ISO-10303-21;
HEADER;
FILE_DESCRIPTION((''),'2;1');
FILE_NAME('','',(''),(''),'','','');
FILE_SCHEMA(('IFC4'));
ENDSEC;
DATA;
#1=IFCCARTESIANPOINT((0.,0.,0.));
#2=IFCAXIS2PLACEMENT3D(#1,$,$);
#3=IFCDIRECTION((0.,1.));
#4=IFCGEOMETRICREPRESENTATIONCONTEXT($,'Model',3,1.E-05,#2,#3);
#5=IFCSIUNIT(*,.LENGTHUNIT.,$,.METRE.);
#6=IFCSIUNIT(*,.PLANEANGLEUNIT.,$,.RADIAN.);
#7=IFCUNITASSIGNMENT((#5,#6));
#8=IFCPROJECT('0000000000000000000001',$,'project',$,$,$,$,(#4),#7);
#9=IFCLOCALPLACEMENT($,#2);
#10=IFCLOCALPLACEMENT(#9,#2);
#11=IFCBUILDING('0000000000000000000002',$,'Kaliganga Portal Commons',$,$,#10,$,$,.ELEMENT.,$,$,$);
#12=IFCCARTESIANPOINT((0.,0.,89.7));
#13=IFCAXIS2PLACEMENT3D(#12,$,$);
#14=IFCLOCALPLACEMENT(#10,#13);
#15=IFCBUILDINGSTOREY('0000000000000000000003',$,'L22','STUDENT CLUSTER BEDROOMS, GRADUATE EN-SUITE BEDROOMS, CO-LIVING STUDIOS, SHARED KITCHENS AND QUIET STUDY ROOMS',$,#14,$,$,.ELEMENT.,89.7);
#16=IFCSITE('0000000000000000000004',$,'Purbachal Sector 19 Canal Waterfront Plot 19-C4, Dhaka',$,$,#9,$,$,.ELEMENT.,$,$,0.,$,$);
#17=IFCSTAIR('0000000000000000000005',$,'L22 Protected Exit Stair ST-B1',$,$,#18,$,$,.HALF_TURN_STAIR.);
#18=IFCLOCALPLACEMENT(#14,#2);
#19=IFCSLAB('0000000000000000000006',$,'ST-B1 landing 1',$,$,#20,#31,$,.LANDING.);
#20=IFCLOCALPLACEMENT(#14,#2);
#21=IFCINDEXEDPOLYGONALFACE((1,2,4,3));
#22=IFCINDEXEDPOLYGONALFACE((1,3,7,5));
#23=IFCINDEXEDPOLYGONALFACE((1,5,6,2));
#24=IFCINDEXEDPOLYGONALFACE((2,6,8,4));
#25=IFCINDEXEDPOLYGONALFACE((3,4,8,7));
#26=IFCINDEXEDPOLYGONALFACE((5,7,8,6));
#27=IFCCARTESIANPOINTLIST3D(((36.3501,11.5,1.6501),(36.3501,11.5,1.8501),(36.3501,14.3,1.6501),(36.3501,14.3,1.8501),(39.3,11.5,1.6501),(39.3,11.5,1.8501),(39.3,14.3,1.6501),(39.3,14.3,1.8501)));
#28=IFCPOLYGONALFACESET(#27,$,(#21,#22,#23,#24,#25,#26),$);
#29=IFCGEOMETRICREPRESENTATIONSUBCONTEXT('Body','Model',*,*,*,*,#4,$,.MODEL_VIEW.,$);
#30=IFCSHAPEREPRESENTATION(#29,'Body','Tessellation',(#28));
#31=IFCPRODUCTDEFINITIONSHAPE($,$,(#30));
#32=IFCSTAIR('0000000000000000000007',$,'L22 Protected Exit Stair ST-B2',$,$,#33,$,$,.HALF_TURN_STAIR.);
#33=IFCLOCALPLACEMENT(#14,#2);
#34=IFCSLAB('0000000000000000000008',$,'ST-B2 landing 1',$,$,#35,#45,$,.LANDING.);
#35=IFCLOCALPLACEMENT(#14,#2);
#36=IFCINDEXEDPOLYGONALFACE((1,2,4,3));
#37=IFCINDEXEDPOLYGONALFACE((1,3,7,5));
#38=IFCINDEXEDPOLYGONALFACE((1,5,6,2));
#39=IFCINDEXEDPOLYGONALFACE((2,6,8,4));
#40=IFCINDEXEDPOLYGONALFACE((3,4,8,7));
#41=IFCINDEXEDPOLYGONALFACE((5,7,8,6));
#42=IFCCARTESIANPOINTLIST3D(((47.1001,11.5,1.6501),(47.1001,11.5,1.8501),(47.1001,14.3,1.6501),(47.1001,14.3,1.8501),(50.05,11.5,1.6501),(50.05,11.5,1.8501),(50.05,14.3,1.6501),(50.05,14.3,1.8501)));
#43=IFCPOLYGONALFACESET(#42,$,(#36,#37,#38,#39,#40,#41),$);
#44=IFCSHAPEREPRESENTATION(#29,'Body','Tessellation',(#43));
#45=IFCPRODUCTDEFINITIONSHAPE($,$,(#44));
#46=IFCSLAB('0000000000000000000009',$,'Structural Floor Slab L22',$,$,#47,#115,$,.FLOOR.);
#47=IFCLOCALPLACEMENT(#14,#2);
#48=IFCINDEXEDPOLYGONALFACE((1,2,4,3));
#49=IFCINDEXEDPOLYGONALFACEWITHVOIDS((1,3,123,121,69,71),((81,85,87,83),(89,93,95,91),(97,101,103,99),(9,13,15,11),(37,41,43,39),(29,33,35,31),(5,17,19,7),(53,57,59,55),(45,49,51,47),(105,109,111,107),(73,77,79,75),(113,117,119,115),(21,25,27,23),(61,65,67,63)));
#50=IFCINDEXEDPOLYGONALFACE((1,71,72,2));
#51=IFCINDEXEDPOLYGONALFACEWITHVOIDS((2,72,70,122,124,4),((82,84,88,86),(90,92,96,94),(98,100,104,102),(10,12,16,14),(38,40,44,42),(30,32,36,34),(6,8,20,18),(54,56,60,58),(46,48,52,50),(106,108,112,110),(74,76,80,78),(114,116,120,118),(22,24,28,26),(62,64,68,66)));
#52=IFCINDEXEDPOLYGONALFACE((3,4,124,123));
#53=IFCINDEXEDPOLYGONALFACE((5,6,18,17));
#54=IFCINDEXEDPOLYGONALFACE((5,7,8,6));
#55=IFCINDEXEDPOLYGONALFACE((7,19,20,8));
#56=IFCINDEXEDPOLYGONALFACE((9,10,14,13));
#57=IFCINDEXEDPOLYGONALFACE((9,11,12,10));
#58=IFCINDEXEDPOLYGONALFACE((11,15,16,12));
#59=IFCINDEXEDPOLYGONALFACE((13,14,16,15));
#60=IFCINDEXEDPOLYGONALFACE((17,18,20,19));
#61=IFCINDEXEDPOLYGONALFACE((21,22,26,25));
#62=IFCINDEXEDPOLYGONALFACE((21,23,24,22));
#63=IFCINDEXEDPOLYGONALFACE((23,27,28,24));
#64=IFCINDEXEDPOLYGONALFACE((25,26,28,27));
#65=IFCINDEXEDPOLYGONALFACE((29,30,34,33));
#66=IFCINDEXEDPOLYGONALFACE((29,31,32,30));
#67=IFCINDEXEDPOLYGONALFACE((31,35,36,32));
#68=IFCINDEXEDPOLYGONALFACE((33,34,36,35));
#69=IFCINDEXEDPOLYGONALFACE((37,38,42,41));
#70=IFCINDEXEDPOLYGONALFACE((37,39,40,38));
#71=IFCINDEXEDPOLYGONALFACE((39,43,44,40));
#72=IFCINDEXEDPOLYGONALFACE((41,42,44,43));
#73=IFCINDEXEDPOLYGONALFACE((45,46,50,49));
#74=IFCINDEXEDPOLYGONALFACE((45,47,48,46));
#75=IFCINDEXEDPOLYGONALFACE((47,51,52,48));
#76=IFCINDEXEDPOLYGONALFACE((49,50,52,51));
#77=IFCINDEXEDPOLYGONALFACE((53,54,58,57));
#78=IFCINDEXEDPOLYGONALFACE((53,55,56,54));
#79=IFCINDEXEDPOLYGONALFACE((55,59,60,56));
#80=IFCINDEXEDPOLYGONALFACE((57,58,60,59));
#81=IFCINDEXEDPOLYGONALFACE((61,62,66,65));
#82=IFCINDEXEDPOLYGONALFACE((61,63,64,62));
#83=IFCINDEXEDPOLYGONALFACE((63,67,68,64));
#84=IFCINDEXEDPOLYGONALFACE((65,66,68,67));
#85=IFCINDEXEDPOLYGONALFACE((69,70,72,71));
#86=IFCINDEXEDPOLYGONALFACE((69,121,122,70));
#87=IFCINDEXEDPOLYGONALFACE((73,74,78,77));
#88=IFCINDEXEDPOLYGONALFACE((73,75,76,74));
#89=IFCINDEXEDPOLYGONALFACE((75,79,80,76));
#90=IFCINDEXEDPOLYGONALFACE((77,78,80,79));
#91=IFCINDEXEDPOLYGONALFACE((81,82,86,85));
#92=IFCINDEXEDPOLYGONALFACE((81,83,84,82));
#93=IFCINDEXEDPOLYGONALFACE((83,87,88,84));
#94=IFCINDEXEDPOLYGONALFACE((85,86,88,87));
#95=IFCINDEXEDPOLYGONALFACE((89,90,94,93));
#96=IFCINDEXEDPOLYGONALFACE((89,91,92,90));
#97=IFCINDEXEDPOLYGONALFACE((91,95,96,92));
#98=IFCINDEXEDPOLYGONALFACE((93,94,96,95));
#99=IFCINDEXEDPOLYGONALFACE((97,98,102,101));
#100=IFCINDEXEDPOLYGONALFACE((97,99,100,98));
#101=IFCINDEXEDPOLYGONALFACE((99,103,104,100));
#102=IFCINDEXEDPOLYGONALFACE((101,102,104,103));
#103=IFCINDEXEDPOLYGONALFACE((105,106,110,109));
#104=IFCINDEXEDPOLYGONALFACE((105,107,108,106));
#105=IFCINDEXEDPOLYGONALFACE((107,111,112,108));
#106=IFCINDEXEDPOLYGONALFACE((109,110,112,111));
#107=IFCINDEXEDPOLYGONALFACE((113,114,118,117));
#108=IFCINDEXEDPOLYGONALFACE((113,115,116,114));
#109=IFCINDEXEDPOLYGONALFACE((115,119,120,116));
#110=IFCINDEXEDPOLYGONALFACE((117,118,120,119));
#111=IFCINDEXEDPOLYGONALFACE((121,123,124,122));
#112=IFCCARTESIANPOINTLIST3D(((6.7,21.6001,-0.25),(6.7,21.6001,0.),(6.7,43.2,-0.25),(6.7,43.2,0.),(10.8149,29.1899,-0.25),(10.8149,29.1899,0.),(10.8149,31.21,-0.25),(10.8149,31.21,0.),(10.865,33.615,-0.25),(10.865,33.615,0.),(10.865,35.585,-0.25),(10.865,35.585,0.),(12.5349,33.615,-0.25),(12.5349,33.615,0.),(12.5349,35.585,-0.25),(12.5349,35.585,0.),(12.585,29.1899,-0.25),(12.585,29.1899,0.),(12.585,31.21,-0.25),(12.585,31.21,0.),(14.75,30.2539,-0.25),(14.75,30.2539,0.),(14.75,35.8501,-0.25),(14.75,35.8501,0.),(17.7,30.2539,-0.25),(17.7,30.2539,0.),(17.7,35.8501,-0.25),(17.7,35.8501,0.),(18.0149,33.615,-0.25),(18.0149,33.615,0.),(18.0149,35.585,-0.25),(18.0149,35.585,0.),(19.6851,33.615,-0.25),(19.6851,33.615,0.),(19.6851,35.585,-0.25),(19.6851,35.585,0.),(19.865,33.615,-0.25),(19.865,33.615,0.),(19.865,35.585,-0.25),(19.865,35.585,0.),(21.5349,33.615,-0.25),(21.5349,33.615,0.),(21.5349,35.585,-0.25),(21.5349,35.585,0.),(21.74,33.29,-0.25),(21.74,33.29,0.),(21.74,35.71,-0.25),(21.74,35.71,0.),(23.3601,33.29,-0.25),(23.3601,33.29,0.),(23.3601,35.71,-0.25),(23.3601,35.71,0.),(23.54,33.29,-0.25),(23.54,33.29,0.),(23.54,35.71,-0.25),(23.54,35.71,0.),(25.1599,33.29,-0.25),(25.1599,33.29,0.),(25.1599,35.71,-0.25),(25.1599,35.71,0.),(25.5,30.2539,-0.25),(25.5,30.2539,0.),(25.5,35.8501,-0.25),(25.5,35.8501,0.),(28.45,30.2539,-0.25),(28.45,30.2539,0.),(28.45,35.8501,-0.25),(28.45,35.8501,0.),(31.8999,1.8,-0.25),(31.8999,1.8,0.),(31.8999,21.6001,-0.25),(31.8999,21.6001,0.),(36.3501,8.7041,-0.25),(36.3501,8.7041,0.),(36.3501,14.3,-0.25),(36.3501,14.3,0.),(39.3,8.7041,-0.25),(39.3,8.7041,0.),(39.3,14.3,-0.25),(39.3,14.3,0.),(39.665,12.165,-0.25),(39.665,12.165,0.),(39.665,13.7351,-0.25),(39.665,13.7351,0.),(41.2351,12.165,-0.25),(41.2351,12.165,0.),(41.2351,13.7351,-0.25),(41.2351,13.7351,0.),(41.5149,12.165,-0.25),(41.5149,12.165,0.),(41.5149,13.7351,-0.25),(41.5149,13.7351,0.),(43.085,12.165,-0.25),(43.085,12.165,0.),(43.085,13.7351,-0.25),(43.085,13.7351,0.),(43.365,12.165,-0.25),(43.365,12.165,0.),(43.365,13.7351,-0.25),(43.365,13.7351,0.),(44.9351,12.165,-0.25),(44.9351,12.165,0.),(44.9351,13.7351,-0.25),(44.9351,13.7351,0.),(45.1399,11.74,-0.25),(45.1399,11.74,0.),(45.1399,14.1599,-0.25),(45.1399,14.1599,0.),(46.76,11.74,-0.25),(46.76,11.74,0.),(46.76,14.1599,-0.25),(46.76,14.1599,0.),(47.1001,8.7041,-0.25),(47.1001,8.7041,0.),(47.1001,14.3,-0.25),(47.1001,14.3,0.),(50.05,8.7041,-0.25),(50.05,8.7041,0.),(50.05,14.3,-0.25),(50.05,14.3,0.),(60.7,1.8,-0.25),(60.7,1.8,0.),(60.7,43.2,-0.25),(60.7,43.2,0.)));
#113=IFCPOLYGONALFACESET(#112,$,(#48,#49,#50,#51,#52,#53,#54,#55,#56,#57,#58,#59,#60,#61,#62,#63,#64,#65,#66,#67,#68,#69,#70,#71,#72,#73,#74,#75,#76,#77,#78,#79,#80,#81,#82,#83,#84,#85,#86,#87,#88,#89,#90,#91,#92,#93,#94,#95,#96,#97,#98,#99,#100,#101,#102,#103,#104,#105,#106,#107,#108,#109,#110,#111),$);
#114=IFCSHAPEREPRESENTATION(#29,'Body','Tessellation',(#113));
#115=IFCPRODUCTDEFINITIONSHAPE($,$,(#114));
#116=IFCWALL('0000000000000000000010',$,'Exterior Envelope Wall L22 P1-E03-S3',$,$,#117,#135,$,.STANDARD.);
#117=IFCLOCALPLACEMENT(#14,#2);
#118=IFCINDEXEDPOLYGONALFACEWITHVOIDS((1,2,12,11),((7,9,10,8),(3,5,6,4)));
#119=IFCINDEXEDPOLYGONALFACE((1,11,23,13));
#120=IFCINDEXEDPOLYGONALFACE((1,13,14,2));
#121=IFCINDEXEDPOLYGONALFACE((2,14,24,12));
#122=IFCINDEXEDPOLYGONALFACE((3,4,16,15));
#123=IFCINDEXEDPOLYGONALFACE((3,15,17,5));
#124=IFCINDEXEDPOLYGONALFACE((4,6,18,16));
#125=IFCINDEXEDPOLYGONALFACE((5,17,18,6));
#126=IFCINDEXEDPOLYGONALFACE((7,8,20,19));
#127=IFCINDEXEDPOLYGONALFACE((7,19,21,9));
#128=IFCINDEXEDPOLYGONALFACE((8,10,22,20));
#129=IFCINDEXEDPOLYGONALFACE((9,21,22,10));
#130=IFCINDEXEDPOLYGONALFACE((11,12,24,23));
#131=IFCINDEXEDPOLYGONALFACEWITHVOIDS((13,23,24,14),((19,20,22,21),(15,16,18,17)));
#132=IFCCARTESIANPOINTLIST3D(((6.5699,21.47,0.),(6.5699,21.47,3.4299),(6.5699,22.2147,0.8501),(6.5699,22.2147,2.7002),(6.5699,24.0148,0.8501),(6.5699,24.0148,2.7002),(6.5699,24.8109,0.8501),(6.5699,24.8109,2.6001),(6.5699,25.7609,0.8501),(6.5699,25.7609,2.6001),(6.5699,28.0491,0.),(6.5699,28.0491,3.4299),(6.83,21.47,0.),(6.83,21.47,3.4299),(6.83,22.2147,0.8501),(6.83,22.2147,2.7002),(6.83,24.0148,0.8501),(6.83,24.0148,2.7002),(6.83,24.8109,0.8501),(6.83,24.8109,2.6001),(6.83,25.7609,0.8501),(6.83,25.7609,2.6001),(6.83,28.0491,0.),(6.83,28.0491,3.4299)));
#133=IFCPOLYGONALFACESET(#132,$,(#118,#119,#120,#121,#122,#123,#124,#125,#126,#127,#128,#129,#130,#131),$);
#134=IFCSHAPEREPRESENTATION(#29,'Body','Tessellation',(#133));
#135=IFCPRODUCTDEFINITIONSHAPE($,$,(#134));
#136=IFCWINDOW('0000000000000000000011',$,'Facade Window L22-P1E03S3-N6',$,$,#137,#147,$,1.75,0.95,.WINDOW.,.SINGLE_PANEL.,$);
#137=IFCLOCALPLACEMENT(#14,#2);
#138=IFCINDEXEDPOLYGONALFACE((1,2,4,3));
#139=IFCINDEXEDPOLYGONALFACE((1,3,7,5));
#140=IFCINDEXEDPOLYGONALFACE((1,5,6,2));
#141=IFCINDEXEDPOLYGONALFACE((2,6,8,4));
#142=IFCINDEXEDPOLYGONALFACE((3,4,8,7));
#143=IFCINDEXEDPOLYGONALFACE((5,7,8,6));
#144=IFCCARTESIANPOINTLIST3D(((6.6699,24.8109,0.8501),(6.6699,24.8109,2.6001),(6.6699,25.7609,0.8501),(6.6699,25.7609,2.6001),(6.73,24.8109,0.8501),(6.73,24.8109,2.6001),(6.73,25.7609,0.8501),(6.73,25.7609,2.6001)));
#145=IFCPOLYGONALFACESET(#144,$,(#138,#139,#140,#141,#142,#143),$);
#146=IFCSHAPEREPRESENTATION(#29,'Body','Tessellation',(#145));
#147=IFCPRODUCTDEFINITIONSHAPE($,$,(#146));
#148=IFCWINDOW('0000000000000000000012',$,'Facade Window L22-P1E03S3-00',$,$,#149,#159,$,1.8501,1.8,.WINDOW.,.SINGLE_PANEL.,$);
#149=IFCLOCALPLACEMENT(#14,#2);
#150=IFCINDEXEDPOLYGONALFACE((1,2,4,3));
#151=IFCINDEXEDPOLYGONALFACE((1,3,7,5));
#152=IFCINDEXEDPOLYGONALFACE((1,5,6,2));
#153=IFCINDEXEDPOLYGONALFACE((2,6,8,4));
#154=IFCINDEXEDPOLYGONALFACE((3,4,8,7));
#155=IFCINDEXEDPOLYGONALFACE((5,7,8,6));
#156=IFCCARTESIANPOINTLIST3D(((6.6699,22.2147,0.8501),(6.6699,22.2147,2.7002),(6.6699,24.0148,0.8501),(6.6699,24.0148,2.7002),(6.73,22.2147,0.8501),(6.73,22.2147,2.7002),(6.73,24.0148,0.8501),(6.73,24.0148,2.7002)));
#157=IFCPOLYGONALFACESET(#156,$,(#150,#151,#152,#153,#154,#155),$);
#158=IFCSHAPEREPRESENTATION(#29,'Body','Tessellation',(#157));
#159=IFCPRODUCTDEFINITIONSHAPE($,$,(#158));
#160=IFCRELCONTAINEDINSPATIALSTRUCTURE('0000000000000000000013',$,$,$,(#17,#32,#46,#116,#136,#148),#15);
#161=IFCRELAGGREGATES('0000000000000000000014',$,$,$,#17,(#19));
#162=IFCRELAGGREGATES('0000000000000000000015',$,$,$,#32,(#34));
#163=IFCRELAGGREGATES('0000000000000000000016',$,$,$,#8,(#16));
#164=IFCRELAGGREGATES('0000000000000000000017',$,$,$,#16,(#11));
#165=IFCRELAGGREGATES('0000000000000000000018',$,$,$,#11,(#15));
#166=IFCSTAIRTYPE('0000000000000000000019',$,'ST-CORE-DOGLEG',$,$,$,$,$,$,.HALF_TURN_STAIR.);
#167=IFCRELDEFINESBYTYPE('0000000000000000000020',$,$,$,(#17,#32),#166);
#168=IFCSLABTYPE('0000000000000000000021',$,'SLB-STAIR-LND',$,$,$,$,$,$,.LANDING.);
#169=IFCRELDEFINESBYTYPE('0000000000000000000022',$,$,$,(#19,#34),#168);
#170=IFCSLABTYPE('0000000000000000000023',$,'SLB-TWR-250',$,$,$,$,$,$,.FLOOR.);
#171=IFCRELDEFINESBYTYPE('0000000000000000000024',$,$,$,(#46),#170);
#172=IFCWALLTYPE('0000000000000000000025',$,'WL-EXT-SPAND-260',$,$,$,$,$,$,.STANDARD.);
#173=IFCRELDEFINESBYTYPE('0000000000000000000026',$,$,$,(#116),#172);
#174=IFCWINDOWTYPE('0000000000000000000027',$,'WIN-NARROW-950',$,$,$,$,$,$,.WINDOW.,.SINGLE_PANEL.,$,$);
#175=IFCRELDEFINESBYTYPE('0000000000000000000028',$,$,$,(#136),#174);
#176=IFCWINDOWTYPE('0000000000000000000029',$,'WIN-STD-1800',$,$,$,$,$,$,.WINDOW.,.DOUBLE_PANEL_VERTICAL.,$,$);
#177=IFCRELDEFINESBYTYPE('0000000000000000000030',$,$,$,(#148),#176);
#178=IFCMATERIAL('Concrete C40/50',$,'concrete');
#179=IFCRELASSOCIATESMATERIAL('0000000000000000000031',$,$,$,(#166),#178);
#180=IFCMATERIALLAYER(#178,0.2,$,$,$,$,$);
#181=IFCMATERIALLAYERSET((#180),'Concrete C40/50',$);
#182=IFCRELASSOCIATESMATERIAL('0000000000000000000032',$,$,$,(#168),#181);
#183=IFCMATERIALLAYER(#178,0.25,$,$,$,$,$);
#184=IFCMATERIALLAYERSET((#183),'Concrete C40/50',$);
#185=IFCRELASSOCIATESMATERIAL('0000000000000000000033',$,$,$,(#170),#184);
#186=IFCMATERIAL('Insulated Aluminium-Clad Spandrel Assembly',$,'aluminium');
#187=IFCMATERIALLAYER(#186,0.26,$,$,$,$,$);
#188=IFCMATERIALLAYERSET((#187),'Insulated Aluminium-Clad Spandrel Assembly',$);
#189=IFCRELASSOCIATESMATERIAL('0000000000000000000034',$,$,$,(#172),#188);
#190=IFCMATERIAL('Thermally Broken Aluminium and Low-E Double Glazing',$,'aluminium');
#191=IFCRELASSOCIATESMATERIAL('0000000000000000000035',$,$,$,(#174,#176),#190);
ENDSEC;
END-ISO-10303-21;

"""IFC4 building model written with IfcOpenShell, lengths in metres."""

from ifc_helpers import new_model, si_unit, direction, frame, frame_2d, origin, place, context, subcontext, project, spatial, polyline, rectangle, outline, extrude, material, layer, layer_set, type_object, element, fill, aggregate, save


model = new_model("IFC4")

# Units and contexts
model_context = context("Model", 3, precision=1e-05, world=origin(), true_north=direction((0.0, 1.0)))
body_context = subcontext(model_context, "Body", "Model", "MODEL_VIEW")
ifc_project = project(units=[si_unit("LENGTHUNIT", "METRE"), si_unit("PLANEANGLEUNIT", "RADIAN")], contexts=[model_context])

# Site, building, storey
site_placement = place(None, origin())
site = spatial("IfcSite", under=ifc_project, at=site_placement, Name="Purbachal Sector 19 Canal Waterfront Plot 19-C4, Dhaka", CompositionType="ELEMENT", RefElevation=0.0)
building_placement = place(site_placement, origin())
building = spatial("IfcBuilding", under=site, at=building_placement, Name="Kaliganga Portal Commons", CompositionType="ELEMENT")
storey_placement = place(building_placement, frame((0.0, 0.0, 89.7)))
storey = spatial("IfcBuildingStorey", under=building, at=storey_placement, Name="L22", Description="STUDENT CLUSTER BEDROOMS, GRADUATE EN-SUITE BEDROOMS, CO-LIVING STUDIOS, SHARED KITCHENS AND QUIET STUDY ROOMS", CompositionType="ELEMENT", Elevation=89.7)

# Shared definitions
ifc_material_1 = material(Name="Concrete C40/50", Category="concrete")

# Stairs, slabs
stair_type = type_object("IfcStairType", Name="ST-CORE-DOGLEG", PredefinedType="HALF_TURN_STAIR", material=ifc_material_1)
ifc_layer_1 = layer(ifc_material_1, 0.2)
ifc_layer_set_1 = layer_set([ifc_layer_1], Name="Concrete C40/50")
slab_type_1 = type_object("IfcSlabType", Name="SLB-STAIR-LND", PredefinedType="LANDING", material=ifc_layer_set_1)
stair_1_placement = place(storey_placement, origin())
stair_1 = element("IfcStair", 1, at=stair_1_placement, inside=storey, type_object=stair_type, Name="L22 Protected Exit Stair ST-B1", PredefinedType="HALF_TURN_STAIR")
slab_1_placement = place(storey_placement, frame((0.0, 0.0, 1.6501)))
slab_1 = element("IfcSlab", 2, at=slab_1_placement, type_object=slab_type_1, Name="ST-B1 landing 1", PredefinedType="LANDING", context=body_context, shape_type="SweptSolid", body=[
    extrude(outline(polyline([(39.3, 11.5), (39.3, 14.3), (36.3501, 14.3), (36.3501, 11.5), (39.3, 11.5)])), origin(), (0.0, 0.0, 1.0), 0.2),
])
aggregate(stair_1, [slab_1])
stair_2_placement = place(storey_placement, origin())
stair_2 = element("IfcStair", 3, at=stair_2_placement, inside=storey, type_object=stair_type, Name="L22 Protected Exit Stair ST-B2", PredefinedType="HALF_TURN_STAIR")
slab_2_placement = place(storey_placement, frame((0.0, 0.0, 1.6501)))
slab_2 = element("IfcSlab", 4, at=slab_2_placement, type_object=slab_type_1, Name="ST-B2 landing 1", PredefinedType="LANDING", context=body_context, shape_type="SweptSolid", body=[
    extrude(outline(polyline([(50.05, 11.5), (50.05, 14.3), (47.1001, 14.3), (47.1001, 11.5), (50.05, 11.5)])), origin(), (0.0, 0.0, 1.0), 0.2),
])
aggregate(stair_2, [slab_2])

# Slab
ifc_layer_2 = layer(ifc_material_1, 0.25)
ifc_layer_set_2 = layer_set([ifc_layer_2], Name="Concrete C40/50")
slab_type_2 = type_object("IfcSlabType", Name="SLB-TWR-250", PredefinedType="FLOOR", material=ifc_layer_set_2)
slab_3_placement = place(storey_placement, frame((0.0, 0.0, -0.25)))
element("IfcSlab", 5, at=slab_3_placement, inside=storey, type_object=slab_type_2, Name="Structural Floor Slab L22", PredefinedType="FLOOR", context=body_context, shape_type="SweptSolid", body=[
    extrude(outline(polyline([(31.8999, 1.8), (60.7, 1.8), (60.7, 43.2), (6.7, 43.2), (6.7, 21.6001), (31.8999, 21.6001), (31.8999, 1.8)]), holes=[polyline([(14.75, 30.2539), (14.75, 35.8501), (17.7, 35.8501), (17.7, 30.2539), (14.75, 30.2539)]), polyline([(25.5, 30.2539), (25.5, 35.8501), (28.45, 35.8501), (28.45, 30.2539), (25.5, 30.2539)]), polyline([(36.3501, 8.7041), (36.3501, 14.3), (39.3, 14.3), (39.3, 8.7041), (36.3501, 8.7041)]), polyline([(47.1001, 8.7041), (47.1001, 14.3), (50.05, 14.3), (50.05, 8.7041), (47.1001, 8.7041)]), polyline([(18.0149, 33.615), (18.0149, 35.585), (19.6851, 35.585), (19.6851, 33.615), (18.0149, 33.615)]), polyline([(19.865, 33.615), (19.865, 35.585), (21.5349, 35.585), (21.5349, 33.615), (19.865, 33.615)]), polyline([(10.8149, 29.1899), (10.8149, 31.21), (12.585, 31.21), (12.585, 29.1899), (10.8149, 29.1899)]), polyline([(10.865, 33.615), (10.865, 35.585), (12.5349, 35.585), (12.5349, 33.615), (10.865, 33.615)]), polyline([(21.74, 33.29), (21.74, 35.71), (23.3601, 35.71), (23.3601, 33.29), (21.74, 33.29)]), polyline([(23.54, 33.29), (23.54, 35.71), (25.1599, 35.71), (25.1599, 33.29), (23.54, 33.29)]), polyline([(39.665, 12.165), (39.665, 13.7351), (41.2351, 13.7351), (41.2351, 12.165), (39.665, 12.165)]), polyline([(41.5149, 12.165), (41.5149, 13.7351), (43.085, 13.7351), (43.085, 12.165), (41.5149, 12.165)]), polyline([(43.365, 12.165), (43.365, 13.7351), (44.9351, 13.7351), (44.9351, 12.165), (43.365, 12.165)]), polyline([(45.1399, 11.74), (45.1399, 14.1599), (46.76, 14.1599), (46.76, 11.74), (45.1399, 11.74)])]), origin(), (0.0, 0.0, 1.0), 0.25),
])

# Wall, openings, windows
ifc_material_2 = material(Name="Insulated Aluminium-Clad Spandrel Assembly", Category="aluminium")
ifc_layer_3 = layer(ifc_material_2, 0.26)
ifc_layer_set_3 = layer_set([ifc_layer_3], Name="Insulated Aluminium-Clad Spandrel Assembly")
wall_type_1 = type_object("IfcWallType", Name="WL-EXT-SPAND-260", PredefinedType="STANDARD", material=ifc_layer_set_3)
wall_1_placement = place(storey_placement, frame((6.7, 21.47, 0.0), z_axis=(0.0, 0.0, 1.0), x_axis=(0.0, 1.0, 0.0)))
wall_1 = element("IfcWall", 6, at=wall_1_placement, inside=storey, type_object=wall_type_1, Name="Exterior Envelope Wall L22 P1-E03-S3", PredefinedType="STANDARD", context=body_context, shape_type="SweptSolid", body=[
    extrude(rectangle(XDim=6.5791, YDim=0.26, at=frame_2d((3.2896, 0.0))), origin(), (0.0, 0.0, 1.0), 3.4299),
])
opening_1_placement = place(wall_1_placement, frame((0.7449, 0.0, 0.8501)))
opening_1 = element("IfcOpeningElement", 7, at=opening_1_placement, cuts=wall_1, PredefinedType="OPENING", context=body_context, shape_type="SweptSolid", body=[
    extrude(rectangle(XDim=1.8, YDim=1.8501, at=frame_2d((0.8999, 0.925))), frame((0.0, 0.1401, 0.0), z_axis=(0.0, -1.0, 0.0), x_axis=(1.0, 0.0, 0.0)), (0.0, 0.0, 1.0), 0.28),
])
opening_2_placement = place(wall_1_placement, frame((3.3408, 0.0, 0.8501)))
opening_2 = element("IfcOpeningElement", 8, at=opening_2_placement, cuts=wall_1, PredefinedType="OPENING", context=body_context, shape_type="SweptSolid", body=[
    extrude(rectangle(XDim=0.95, YDim=1.75, at=frame_2d((0.4751, 0.875))), frame((0.0, 0.1401, 0.0), z_axis=(0.0, -1.0, 0.0), x_axis=(1.0, 0.0, 0.0)), (0.0, 0.0, 1.0), 0.28),
])
ifc_material_3 = material(Name="Thermally Broken Aluminium and Low-E Double Glazing", Category="aluminium")
window_type_1 = type_object("IfcWindowType", Name="WIN-NARROW-950", PartitioningType="SINGLE_PANEL", PredefinedType="WINDOW", material=ifc_material_3)
window_1_placement = place(opening_2_placement, origin())
window_1 = element("IfcWindow", 9, at=window_1_placement, inside=storey, type_object=window_type_1, Name="Facade Window L22-P1E03S3-N6", OverallHeight=1.75, OverallWidth=0.95, PartitioningType="SINGLE_PANEL", PredefinedType="WINDOW", context=body_context, shape_type="SweptSolid", body=[
    extrude(rectangle(XDim=0.95, YDim=1.75, at=frame_2d((0.4751, 0.875))), frame((0.0, 0.03, 0.0), z_axis=(0.0, -1.0, 0.0), x_axis=(1.0, 0.0, 0.0)), (0.0, 0.0, 1.0), 0.0601),
])
fill(opening_2, window_1)
window_type_2 = type_object("IfcWindowType", Name="WIN-STD-1800", PartitioningType="DOUBLE_PANEL_VERTICAL", PredefinedType="WINDOW", material=ifc_material_3)
window_2_placement = place(opening_1_placement, origin())
window_2 = element("IfcWindow", 10, at=window_2_placement, inside=storey, type_object=window_type_2, Name="Facade Window L22-P1E03S3-00", OverallHeight=1.8501, OverallWidth=1.8, PartitioningType="SINGLE_PANEL", PredefinedType="WINDOW", context=body_context, shape_type="SweptSolid", body=[
    extrude(rectangle(XDim=1.8, YDim=1.8501, at=frame_2d((0.8999, 0.925))), frame((0.0, 0.03, 0.0), z_axis=(0.0, -1.0, 0.0), x_axis=(1.0, 0.0, 0.0)), (0.0, 0.0, 1.0), 0.0601),
])
fill(opening_1, window_2)

save(model, "model.ifc")
